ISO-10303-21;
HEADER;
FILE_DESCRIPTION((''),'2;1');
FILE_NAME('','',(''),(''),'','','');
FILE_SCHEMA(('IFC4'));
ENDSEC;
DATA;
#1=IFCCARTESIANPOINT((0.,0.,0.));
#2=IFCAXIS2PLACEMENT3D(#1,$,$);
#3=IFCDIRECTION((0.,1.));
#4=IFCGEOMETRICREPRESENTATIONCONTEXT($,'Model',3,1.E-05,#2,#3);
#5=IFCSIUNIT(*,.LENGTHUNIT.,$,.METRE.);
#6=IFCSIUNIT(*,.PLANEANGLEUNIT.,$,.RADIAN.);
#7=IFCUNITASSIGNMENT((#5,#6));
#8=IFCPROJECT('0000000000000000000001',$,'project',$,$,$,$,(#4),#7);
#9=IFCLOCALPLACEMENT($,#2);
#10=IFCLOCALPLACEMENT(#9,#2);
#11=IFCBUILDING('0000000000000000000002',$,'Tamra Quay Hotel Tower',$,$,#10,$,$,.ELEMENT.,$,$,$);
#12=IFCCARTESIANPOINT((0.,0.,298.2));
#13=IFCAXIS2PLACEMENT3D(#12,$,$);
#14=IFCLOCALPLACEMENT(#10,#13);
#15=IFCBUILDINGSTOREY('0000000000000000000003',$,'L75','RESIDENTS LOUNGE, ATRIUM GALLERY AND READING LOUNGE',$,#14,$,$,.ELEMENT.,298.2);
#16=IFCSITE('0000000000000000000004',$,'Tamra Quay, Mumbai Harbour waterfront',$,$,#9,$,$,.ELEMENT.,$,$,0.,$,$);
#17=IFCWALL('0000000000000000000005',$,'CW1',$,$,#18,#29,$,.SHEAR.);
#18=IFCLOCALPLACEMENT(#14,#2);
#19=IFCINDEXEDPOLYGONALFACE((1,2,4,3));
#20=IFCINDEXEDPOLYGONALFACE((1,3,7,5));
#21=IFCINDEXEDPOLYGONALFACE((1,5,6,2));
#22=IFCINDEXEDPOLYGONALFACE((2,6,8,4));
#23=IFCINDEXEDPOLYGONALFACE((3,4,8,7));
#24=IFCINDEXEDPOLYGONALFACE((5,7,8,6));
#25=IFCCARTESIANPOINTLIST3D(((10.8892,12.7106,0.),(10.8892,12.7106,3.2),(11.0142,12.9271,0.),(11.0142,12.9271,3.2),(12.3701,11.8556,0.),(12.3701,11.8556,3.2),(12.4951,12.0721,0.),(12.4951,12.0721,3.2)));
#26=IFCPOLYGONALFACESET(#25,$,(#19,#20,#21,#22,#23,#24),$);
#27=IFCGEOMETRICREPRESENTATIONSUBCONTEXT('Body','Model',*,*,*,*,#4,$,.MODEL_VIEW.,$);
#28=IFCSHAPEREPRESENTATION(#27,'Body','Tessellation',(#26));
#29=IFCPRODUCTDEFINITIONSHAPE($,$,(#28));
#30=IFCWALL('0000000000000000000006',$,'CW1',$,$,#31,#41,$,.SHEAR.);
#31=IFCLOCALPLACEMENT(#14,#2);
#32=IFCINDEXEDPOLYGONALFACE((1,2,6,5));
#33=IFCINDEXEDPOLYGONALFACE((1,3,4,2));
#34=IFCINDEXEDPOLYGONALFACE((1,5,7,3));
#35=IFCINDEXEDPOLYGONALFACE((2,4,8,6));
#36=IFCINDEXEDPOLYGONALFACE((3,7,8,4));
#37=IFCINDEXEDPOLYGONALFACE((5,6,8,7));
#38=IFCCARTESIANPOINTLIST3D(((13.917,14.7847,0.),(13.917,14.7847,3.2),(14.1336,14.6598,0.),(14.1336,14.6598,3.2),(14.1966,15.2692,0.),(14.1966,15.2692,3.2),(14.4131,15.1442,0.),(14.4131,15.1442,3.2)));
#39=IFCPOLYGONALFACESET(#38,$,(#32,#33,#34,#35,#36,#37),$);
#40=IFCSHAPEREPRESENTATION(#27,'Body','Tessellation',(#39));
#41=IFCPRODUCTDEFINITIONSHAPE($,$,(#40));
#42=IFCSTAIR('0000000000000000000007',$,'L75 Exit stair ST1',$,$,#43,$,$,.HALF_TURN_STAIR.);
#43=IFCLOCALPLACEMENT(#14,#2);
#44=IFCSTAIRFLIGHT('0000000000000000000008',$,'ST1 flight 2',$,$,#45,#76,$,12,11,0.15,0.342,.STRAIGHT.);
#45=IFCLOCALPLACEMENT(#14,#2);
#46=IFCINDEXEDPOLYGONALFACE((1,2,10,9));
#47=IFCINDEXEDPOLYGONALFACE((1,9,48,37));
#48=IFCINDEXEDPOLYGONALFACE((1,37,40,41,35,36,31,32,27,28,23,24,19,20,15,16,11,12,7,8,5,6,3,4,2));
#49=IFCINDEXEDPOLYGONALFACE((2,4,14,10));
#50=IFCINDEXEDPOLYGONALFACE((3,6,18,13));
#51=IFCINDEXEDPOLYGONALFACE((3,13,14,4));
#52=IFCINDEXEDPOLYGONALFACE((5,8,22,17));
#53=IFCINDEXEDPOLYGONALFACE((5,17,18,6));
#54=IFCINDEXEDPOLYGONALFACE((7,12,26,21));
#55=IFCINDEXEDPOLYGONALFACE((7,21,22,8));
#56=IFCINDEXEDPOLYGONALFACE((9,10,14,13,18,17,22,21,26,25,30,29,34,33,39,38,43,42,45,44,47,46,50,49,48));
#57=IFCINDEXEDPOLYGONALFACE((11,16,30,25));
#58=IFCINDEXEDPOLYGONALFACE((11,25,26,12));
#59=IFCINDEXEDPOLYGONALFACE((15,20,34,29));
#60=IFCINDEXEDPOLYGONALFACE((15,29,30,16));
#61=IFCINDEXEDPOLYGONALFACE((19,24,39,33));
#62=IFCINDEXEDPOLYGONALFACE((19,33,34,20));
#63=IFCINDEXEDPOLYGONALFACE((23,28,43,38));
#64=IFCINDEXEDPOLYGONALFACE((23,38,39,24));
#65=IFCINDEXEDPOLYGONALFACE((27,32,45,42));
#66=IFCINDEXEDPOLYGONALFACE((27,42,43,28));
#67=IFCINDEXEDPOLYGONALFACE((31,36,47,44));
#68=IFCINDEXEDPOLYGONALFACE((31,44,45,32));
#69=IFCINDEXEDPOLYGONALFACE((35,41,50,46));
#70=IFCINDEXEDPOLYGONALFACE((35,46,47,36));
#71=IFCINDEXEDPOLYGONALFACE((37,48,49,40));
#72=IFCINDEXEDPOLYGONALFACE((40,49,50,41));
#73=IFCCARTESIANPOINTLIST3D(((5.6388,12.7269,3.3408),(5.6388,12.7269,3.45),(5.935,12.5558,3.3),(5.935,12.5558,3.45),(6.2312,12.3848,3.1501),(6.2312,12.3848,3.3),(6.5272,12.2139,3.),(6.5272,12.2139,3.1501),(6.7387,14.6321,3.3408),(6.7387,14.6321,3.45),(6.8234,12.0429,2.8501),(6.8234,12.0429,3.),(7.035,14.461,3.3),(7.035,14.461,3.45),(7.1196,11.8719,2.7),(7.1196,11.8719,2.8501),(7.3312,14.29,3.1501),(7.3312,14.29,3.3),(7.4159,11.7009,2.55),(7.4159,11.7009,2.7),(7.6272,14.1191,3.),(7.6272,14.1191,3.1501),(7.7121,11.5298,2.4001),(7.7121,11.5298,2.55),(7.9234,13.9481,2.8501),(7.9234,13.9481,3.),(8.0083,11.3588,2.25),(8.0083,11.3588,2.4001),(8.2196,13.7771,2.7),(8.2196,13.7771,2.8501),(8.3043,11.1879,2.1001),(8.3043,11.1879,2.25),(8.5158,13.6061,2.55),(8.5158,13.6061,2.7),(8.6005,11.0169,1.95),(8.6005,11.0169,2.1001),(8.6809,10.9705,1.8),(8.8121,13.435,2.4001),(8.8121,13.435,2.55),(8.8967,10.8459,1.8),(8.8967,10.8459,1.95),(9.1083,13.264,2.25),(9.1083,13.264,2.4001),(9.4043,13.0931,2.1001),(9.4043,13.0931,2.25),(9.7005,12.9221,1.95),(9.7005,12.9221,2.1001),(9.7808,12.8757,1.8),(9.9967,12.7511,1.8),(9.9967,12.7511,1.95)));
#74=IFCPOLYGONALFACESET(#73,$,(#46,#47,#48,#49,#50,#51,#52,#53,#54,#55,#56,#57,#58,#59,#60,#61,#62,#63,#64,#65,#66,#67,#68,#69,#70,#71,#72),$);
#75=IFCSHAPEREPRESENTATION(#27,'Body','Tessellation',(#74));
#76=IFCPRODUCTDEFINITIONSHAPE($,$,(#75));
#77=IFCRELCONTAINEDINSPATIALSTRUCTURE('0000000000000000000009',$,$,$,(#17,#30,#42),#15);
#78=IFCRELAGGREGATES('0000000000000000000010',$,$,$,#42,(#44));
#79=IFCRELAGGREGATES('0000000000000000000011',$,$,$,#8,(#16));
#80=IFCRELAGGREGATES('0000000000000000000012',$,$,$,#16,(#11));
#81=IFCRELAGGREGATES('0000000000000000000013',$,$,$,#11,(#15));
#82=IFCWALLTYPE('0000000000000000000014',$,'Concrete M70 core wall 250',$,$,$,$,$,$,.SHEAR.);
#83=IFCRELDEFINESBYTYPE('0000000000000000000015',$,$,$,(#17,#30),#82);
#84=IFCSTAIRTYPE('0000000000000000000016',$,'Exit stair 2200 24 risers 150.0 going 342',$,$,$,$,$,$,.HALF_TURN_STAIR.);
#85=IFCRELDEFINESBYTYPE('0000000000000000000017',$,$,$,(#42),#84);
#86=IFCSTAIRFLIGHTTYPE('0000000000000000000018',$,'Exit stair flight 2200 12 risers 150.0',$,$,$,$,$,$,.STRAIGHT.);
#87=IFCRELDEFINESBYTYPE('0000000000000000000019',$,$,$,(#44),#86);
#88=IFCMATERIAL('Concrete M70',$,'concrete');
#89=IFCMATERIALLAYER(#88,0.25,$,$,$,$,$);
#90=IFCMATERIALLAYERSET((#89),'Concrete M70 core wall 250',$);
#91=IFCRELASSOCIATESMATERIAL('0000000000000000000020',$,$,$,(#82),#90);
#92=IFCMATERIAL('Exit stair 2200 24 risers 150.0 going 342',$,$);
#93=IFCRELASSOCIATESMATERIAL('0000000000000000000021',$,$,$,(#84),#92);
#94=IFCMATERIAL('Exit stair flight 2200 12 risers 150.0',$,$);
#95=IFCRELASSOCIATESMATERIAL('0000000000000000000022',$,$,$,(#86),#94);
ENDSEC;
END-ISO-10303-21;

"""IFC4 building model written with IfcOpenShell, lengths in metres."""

from ifc_helpers import new_model, si_unit, direction, frame, frame_2d, origin, place, context, subcontext, project, spatial, polyline, rectangle, outline, extrude, material, layer, layer_set, type_object, element, aggregate, save


model = new_model("IFC4")

# Units and contexts
model_context = context("Model", 3, precision=1e-05, world=origin(), true_north=direction((0.0, 1.0)))
body_context = subcontext(model_context, "Body", "Model", "MODEL_VIEW")
ifc_project = project(units=[si_unit("LENGTHUNIT", "METRE"), si_unit("PLANEANGLEUNIT", "RADIAN")], contexts=[model_context])

# Site, building, storey
site_placement = place(None, origin())
site = spatial("IfcSite", under=ifc_project, at=site_placement, Name="Tamra Quay, Mumbai Harbour waterfront", CompositionType="ELEMENT", RefElevation=0.0)
building_placement = place(site_placement, origin())
building = spatial("IfcBuilding", under=site, at=building_placement, Name="Tamra Quay Hotel Tower", CompositionType="ELEMENT")
storey_placement = place(building_placement, frame((0.0, 0.0, 298.2)))
storey = spatial("IfcBuildingStorey", under=building, at=storey_placement, Name="L75", Description="RESIDENTS LOUNGE, ATRIUM GALLERY AND READING LOUNGE", CompositionType="ELEMENT", Elevation=298.2)

# Shared definitions
ifc_material_1 = material(Name="Concrete M70", Category="concrete")

# Walls
ifc_layer_1 = layer(ifc_material_1, 0.25)
ifc_layer_set_1 = layer_set([ifc_layer_1], Name="Concrete M70 core wall 250")
wall_type_1 = type_object("IfcWallType", Name="Concrete M70 core wall 250", PredefinedType="SHEAR", material=ifc_layer_set_1)
wall_1_placement = place(storey_placement, frame((12.4326, 11.9639, 0.0), z_axis=(0.0, 0.0, 1.0), x_axis=(-0.866038, 0.499978, 0.0)))
element("IfcWall", 1, at=wall_1_placement, inside=storey, type_object=wall_type_1, Name="CW1", PredefinedType="SHEAR", context=body_context, shape_type="SweptSolid", body=[
    extrude(rectangle(XDim=1.71, YDim=0.25, at=frame_2d((0.855, 0.0))), origin(), (0.0, 0.0, 1.0), 3.2),
])
wall_2_placement = place(storey_placement, frame((14.3049, 15.2068, 0.0), z_axis=(0.0, 0.0, 1.0), x_axis=(-0.499848, -0.866113, 0.0)))
element("IfcWall", 2, at=wall_2_placement, inside=storey, type_object=wall_type_1, Name="CW1", PredefinedType="SHEAR", context=body_context, shape_type="SweptSolid", body=[
    extrude(rectangle(XDim=0.5593, YDim=0.25, at=frame_2d((0.2798, 0.0))), origin(), (0.0, 0.0, 1.0), 3.2),
])

# Stair, stair flight
ifc_material_2 = material(Name="Exit stair 2200 24 risers 150.0 going 342")
stair_type = type_object("IfcStairType", Name="Exit stair 2200 24 risers 150.0 going 342", PredefinedType="HALF_TURN_STAIR", material=ifc_material_2)
stair_placement = place(storey_placement, origin())
stair = element("IfcStair", 3, at=stair_placement, inside=storey, type_object=stair_type, Name="L75 Exit stair ST1", PredefinedType="HALF_TURN_STAIR")
ifc_material_3 = material(Name="Exit stair flight 2200 12 risers 150.0")
stair_flight_type = type_object("IfcStairFlightType", Name="Exit stair flight 2200 12 risers 150.0", PredefinedType="STRAIGHT", material=ifc_material_3)
stair_flight_placement = place(storey_placement, frame((9.4468, 11.7986, 1.8), z_axis=(0.0, 0.0, 1.0), x_axis=(-0.866025, 0.5, 0.0)))
stair_flight = element("IfcStairFlight", 4, at=stair_flight_placement, type_object=stair_flight_type, Name="ST1 flight 2", NumberOfRisers=12, NumberOfTreads=11, PredefinedType="STRAIGHT", RiserHeight=0.15, TreadLength=0.342, context=body_context, shape_type="SweptSolid", body=[
    extrude(outline(polyline([(0.0, 0.0), (0.0, 0.1499), (0.342, 0.1499), (0.342, 0.3), (0.6841, 0.3), (0.6841, 0.45), (1.0259, 0.45), (1.0259, 0.6001), (1.3679, 0.6001), (1.3679, 0.75), (1.71, 0.75), (1.71, 0.8999), (2.052, 0.8999), (2.052, 1.05), (2.394, 1.05), (2.394, 1.2), (2.7361, 1.2), (2.7361, 1.3501), (3.0779, 1.3501), (3.0779, 1.5), (3.4199, 1.5), (3.4199, 1.6499), (3.762, 1.6499), (3.762, 1.8), (3.762, 1.5408), (0.2493, 0.0), (0.0, 0.0)])), frame((0.0, 1.1001, 0.0), z_axis=(0.0, -1.0, 0.0), x_axis=(1.0, 0.0, 0.0)), (0.0, 0.0, 1.0), 2.2),
])
aggregate(stair, [stair_flight])

save(model, "model.ifc")
